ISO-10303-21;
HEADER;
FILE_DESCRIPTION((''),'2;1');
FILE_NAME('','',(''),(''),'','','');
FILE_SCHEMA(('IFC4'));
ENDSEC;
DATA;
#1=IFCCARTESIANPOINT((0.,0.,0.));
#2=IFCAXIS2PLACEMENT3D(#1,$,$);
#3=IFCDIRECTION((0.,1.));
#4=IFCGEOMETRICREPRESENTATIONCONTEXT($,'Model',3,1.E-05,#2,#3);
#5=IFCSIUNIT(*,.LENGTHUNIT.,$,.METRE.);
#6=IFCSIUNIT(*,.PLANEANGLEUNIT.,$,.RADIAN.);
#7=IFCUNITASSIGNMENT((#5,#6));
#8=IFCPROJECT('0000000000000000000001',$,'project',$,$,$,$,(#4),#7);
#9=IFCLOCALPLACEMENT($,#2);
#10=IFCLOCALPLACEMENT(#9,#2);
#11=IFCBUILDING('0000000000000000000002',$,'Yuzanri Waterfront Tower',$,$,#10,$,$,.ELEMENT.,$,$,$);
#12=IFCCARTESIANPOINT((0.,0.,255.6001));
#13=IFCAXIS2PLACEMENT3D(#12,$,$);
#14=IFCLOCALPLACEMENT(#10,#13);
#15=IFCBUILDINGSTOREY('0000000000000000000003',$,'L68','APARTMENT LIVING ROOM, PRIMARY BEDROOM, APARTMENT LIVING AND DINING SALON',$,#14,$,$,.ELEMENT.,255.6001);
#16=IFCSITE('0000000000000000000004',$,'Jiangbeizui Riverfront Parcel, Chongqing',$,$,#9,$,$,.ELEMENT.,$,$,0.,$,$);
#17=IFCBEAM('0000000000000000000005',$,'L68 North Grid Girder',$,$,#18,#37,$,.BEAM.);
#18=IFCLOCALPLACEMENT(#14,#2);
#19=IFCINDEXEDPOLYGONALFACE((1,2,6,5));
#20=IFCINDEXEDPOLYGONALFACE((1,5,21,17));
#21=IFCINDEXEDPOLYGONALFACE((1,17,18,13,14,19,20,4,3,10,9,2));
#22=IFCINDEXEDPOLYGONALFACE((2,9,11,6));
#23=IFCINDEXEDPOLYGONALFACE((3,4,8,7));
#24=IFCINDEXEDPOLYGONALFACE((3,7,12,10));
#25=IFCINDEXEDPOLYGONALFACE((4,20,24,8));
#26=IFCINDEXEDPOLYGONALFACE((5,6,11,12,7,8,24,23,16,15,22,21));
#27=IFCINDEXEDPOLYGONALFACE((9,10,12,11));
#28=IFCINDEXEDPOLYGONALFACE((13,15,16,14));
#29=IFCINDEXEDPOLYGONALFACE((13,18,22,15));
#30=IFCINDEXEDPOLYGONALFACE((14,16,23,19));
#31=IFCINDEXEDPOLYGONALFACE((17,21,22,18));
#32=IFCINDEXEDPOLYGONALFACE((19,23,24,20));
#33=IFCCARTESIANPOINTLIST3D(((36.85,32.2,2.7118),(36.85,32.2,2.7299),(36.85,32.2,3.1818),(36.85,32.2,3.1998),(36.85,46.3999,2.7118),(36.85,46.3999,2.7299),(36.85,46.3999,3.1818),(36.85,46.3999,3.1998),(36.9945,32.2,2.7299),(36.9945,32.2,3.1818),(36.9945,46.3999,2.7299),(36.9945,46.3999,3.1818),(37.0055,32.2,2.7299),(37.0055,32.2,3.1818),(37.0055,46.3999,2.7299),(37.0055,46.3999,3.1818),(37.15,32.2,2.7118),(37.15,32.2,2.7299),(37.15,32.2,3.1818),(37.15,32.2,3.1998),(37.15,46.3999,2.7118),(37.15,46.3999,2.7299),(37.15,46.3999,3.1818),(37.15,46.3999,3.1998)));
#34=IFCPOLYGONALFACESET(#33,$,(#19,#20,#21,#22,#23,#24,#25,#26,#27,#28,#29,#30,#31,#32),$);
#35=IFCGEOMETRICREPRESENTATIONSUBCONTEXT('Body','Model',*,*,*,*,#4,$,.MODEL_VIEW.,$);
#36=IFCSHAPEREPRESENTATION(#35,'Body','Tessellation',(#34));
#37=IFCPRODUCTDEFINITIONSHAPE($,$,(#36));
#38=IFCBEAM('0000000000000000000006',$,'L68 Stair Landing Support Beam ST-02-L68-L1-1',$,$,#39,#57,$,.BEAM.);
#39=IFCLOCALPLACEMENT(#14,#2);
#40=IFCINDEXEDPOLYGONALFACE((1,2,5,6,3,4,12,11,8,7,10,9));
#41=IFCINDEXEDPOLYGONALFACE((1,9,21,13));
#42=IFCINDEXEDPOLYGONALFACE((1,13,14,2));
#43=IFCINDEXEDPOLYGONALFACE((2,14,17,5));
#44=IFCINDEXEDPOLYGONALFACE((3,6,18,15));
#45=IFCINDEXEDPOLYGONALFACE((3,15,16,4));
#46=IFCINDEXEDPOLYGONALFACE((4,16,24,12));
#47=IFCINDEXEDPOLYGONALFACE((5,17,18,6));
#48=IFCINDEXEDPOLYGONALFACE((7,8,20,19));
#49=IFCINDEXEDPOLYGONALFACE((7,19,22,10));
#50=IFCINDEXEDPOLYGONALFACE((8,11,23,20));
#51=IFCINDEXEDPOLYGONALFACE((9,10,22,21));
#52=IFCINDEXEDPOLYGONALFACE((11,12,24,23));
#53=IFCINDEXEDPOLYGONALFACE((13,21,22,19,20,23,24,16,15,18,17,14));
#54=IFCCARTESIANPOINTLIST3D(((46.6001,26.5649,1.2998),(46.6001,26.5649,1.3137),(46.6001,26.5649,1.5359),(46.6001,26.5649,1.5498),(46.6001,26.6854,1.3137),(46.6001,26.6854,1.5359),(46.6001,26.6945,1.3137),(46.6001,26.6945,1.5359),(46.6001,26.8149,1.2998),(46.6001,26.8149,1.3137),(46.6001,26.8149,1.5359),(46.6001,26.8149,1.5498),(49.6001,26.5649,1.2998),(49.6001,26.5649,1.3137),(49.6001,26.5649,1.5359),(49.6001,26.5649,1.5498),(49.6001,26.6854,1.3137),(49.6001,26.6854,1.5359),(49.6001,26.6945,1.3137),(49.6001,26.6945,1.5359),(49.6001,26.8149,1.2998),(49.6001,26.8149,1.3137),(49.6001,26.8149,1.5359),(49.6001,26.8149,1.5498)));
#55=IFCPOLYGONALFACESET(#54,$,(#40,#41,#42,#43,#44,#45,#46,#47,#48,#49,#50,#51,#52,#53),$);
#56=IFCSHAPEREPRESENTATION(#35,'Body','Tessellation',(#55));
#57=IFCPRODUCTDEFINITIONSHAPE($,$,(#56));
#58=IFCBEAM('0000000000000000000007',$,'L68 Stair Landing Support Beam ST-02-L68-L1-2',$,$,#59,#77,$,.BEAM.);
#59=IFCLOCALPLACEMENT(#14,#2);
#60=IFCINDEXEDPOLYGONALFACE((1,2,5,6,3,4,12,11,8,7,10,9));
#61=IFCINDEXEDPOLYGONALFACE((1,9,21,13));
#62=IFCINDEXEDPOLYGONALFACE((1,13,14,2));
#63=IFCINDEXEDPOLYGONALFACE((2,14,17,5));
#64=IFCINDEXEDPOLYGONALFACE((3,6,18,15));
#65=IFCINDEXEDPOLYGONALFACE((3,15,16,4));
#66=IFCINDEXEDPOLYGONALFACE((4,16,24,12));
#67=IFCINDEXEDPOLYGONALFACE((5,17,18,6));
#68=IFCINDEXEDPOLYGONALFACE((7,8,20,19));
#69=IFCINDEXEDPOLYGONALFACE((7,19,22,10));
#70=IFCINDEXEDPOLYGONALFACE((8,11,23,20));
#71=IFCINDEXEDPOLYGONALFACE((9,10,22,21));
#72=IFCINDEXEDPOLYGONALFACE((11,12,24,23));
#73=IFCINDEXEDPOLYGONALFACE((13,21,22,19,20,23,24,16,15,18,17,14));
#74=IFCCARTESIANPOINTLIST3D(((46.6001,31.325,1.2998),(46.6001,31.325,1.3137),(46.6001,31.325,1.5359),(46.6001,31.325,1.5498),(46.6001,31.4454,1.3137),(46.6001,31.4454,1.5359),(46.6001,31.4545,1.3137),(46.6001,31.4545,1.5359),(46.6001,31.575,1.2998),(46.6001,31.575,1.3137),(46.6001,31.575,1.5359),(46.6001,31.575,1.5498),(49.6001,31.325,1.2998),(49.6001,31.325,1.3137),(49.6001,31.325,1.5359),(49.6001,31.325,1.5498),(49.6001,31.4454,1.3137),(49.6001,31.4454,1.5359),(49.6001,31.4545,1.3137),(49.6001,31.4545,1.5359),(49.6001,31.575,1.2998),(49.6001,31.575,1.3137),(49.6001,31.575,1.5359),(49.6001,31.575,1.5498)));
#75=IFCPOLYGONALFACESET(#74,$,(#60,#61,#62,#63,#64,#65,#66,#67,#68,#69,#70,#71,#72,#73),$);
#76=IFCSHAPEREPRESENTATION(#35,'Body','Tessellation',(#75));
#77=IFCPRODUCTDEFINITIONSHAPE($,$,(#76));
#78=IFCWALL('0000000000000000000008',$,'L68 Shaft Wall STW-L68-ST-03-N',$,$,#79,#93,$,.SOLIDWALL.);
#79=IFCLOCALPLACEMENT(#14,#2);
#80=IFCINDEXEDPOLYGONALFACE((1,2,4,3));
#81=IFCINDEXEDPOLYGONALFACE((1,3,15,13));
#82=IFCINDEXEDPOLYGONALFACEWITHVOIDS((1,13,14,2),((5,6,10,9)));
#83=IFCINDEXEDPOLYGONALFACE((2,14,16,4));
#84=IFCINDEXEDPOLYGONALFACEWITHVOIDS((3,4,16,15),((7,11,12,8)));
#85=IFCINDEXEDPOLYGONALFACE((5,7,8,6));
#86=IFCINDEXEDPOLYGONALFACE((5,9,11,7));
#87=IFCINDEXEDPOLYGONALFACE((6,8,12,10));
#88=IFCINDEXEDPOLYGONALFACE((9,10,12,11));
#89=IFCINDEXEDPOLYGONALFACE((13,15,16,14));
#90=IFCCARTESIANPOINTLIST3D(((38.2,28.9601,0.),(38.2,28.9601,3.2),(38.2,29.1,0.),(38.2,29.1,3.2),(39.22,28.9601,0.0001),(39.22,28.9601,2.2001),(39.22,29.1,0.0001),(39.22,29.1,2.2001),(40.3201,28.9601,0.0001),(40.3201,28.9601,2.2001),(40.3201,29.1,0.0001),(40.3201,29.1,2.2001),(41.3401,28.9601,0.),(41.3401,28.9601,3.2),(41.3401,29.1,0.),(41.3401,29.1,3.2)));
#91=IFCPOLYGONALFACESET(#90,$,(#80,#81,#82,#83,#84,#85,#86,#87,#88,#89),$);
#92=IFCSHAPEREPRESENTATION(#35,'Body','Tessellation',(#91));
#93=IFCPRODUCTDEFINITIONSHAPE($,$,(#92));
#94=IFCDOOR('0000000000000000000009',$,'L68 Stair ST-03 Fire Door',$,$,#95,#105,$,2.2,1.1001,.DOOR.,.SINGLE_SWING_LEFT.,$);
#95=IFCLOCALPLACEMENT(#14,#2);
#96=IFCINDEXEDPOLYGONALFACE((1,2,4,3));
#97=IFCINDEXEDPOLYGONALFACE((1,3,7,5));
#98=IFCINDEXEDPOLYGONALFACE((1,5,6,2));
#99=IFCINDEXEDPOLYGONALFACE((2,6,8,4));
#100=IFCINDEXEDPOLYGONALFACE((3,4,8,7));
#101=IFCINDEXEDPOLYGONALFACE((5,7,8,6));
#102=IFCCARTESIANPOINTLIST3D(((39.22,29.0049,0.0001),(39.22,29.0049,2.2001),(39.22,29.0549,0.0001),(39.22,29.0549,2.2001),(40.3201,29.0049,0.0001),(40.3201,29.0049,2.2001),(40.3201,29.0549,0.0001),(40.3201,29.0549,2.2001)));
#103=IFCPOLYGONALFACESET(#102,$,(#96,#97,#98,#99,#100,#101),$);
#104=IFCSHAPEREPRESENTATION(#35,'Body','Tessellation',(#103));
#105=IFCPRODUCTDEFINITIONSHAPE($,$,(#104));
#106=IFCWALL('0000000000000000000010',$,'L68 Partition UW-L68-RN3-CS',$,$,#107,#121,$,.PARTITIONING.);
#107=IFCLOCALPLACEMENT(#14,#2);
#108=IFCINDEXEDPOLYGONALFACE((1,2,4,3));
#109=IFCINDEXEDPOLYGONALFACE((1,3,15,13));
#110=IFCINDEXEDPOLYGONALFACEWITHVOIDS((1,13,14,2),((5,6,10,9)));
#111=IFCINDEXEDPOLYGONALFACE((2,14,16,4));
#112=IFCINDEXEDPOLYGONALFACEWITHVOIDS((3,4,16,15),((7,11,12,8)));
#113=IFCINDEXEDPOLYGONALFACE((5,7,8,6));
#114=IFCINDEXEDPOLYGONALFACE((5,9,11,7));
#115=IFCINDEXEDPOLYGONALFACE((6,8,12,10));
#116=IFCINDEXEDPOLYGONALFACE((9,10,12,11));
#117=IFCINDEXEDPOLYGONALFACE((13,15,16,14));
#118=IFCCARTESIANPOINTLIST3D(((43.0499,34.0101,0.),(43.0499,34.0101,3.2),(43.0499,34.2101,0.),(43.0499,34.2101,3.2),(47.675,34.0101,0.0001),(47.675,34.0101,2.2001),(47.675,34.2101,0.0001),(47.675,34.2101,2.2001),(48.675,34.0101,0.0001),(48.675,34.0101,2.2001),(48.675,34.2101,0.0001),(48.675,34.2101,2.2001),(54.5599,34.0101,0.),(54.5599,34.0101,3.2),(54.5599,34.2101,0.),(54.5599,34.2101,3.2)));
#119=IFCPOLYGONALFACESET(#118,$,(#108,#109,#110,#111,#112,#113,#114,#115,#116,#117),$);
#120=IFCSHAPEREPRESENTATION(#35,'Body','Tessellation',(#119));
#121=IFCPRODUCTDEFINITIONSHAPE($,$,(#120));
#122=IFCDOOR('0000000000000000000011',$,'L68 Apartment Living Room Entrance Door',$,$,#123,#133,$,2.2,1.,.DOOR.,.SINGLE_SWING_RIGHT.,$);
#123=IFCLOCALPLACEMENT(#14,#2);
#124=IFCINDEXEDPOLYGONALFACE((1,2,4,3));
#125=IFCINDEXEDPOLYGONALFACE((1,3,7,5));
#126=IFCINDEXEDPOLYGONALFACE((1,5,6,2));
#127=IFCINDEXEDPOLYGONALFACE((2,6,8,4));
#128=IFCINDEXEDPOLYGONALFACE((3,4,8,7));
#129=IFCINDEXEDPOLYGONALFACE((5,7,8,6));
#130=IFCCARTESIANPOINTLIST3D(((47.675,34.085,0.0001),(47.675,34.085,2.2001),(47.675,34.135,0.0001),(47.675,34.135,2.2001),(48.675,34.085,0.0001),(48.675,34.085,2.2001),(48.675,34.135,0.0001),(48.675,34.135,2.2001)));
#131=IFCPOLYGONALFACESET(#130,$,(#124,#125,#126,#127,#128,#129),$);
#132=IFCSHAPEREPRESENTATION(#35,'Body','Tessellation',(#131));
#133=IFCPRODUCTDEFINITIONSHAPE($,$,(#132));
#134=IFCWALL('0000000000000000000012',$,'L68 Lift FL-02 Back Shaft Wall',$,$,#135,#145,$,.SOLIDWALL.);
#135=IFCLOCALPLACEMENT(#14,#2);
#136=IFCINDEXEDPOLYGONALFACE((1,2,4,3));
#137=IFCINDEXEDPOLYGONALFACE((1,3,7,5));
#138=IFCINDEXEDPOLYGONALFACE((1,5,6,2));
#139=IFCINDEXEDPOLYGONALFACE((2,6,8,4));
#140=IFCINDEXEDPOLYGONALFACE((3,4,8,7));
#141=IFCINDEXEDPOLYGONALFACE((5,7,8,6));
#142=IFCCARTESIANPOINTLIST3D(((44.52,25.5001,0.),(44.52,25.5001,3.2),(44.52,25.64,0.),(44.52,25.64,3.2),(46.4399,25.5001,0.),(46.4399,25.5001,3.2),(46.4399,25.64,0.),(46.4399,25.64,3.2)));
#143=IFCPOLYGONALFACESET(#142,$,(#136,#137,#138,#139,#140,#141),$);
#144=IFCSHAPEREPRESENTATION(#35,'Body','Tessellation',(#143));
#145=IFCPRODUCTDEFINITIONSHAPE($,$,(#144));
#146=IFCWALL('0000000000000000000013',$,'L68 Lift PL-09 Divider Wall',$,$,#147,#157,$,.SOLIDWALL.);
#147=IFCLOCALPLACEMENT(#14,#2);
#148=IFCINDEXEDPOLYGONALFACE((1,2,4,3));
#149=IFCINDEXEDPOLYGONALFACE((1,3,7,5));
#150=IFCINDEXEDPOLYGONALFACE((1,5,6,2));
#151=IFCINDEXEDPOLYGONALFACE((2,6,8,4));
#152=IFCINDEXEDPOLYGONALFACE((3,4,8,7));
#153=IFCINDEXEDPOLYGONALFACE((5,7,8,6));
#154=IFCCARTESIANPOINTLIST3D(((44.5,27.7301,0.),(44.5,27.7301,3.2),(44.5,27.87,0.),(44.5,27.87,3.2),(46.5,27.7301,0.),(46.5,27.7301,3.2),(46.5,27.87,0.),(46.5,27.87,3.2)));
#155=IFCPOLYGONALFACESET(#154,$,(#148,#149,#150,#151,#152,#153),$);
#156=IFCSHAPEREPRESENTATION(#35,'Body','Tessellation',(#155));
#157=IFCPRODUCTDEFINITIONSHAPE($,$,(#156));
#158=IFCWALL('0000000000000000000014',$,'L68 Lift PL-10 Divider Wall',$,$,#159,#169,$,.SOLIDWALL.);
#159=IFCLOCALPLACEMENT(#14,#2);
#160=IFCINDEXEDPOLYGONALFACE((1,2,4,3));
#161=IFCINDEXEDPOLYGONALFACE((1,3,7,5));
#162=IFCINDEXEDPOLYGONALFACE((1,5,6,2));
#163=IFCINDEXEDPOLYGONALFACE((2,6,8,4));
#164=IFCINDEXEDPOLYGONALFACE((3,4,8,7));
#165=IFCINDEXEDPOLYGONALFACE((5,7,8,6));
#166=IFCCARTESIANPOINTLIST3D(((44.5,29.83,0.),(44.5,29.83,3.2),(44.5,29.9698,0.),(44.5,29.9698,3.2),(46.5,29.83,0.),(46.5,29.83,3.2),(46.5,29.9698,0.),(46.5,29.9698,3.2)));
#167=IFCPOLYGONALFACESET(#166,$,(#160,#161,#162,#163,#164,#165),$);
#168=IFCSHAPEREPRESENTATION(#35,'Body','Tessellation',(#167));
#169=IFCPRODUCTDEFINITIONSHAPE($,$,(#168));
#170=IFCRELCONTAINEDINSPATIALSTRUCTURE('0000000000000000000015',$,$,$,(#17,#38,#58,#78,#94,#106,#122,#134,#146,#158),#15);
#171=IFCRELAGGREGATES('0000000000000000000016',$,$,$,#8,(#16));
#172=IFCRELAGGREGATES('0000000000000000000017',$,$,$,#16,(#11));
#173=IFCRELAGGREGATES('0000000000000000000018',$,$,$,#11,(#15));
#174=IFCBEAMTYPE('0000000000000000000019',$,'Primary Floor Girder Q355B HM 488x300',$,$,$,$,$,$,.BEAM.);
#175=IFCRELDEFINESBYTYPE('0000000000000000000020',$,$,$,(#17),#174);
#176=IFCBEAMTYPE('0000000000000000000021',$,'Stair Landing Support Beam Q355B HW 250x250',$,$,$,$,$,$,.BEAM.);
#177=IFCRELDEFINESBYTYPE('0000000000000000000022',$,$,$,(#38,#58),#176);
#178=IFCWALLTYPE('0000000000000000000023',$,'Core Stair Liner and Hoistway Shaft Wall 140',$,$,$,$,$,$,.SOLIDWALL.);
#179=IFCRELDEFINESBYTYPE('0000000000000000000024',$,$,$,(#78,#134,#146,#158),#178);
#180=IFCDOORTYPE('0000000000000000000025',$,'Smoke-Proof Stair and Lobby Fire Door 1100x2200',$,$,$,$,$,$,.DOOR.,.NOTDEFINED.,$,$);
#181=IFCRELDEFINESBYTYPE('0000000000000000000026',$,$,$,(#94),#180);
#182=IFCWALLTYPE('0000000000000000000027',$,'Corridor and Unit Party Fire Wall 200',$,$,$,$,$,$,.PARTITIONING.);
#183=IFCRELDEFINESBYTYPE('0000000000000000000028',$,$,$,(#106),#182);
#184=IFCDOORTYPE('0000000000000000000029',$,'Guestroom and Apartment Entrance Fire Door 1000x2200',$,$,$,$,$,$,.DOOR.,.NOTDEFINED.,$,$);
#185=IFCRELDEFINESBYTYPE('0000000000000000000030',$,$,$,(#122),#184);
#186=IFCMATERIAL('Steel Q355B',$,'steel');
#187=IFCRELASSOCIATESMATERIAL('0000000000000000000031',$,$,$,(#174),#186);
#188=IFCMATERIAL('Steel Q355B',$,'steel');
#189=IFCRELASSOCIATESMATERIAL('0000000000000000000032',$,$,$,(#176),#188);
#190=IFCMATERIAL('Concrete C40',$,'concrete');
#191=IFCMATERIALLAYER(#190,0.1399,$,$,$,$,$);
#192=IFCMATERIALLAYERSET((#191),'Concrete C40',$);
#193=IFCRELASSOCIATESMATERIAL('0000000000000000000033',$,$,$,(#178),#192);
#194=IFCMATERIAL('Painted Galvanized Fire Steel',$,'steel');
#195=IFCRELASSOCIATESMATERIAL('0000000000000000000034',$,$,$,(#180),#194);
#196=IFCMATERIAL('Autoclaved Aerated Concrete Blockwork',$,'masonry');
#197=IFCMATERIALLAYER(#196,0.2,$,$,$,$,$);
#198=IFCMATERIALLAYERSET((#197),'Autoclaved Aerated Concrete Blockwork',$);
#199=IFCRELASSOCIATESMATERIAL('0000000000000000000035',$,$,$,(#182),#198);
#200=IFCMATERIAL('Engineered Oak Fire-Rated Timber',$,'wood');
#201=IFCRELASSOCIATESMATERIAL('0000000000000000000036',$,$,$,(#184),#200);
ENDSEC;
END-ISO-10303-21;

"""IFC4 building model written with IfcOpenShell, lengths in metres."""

from ifc_helpers import new_model, si_unit, direction, frame, frame_2d, origin, origin_2d, place, context, subcontext, project, spatial, rectangle, i_section, extrude, source, transform, mapped, material, layer, layer_set, material_profile, profile_set, type_object, element, fill, save


model = new_model("IFC4")

# Units and contexts
model_context = context("Model", 3, precision=1e-05, world=origin(), true_north=direction((0.0, 1.0)))
body_context = subcontext(model_context, "Body", "Model", "MODEL_VIEW")
ifc_project = project(units=[si_unit("LENGTHUNIT", "METRE"), si_unit("PLANEANGLEUNIT", "RADIAN")], contexts=[model_context])

# Site, building, storey
site_placement = place(None, origin())
site = spatial("IfcSite", under=ifc_project, at=site_placement, Name="Jiangbeizui Riverfront Parcel, Chongqing", CompositionType="ELEMENT", RefElevation=0.0)
building_placement = place(site_placement, origin())
building = spatial("IfcBuilding", under=site, at=building_placement, Name="Yuzanri Waterfront Tower", CompositionType="ELEMENT")
storey_placement = place(building_placement, frame((0.0, 0.0, 255.6001)))
storey = spatial("IfcBuildingStorey", under=building, at=storey_placement, Name="L68", Description="APARTMENT LIVING ROOM, PRIMARY BEDROOM, APARTMENT LIVING AND DINING SALON", CompositionType="ELEMENT", Elevation=255.6001)

# Beams
ifc_material_1 = material(Name="Steel Q355B", Category="steel")
ifc_material_profile_1 = material_profile(ifc_material_1, i_section(OverallWidth=0.3, OverallDepth=0.488, WebThickness=0.011, FlangeThickness=0.0181, at=origin_2d()), Name="HM 488x300x11x18")
ifc_profile_set_1 = profile_set([ifc_material_profile_1], Name="Steel Q355B")
beam_type_1 = type_object("IfcBeamType", Name="Primary Floor Girder Q355B HM 488x300", PredefinedType="BEAM", material=ifc_profile_set_1)
shared_shape_1 = source(origin(), body_context, "Body", "SweptSolid", [
    extrude(i_section(OverallWidth=0.3, OverallDepth=0.488, WebThickness=0.011, FlangeThickness=0.0181, at=origin_2d()), origin(), (0.0, 0.0, 1.0), 14.2),
])
beam_placement = place(storey_placement, frame((37.0, 32.2, 2.9558), z_axis=(0.0, 1.0, 0.0), x_axis=(-1.0, 0.0, 0.0)))
element("IfcBeam", 1, at=beam_placement, inside=storey, type_object=beam_type_1, Name="L68 North Grid Girder", PredefinedType="BEAM", context=body_context, shape_type="MappedRepresentation", body=[
    mapped(shared_shape_1, transform((0.0, 0.0, 0.0), scale=1.0)),
])
ifc_material_2 = material(Name="Steel Q355B", Category="steel")
ifc_material_profile_2 = material_profile(ifc_material_2, i_section(OverallWidth=0.25, OverallDepth=0.25, WebThickness=0.009, FlangeThickness=0.0139, at=origin_2d()), Name="HW 250x250x9x14")
ifc_profile_set_2 = profile_set([ifc_material_profile_2], Name="Steel Q355B")
beam_type_2 = type_object("IfcBeamType", Name="Stair Landing Support Beam Q355B HW 250x250", PredefinedType="BEAM", material=ifc_profile_set_2)
shared_shape_2 = source(origin(), body_context, "Body", "SweptSolid", [
    extrude(i_section(OverallWidth=0.25, OverallDepth=0.25, WebThickness=0.009, FlangeThickness=0.0139, at=origin_2d()), origin(), (0.0, 0.0, 1.0), 3.0),
])
for number, where, z_axis, x_axis, name in (
    (2, (46.6001, 26.6899, 1.4248), (1.0, 0.0, 0.0), (0.0, 1.0, 0.0), "L68 Stair Landing Support Beam ST-02-L68-L1-1"),
    (3, (46.6001, 31.45, 1.4248), (1.0, 0.0, 0.0), (0.0, 1.0, 0.0), "L68 Stair Landing Support Beam ST-02-L68-L1-2"),
):
    element("IfcBeam", number, at=place(storey_placement, frame(where, z_axis=z_axis, x_axis=x_axis)), inside=storey, type_object=beam_type_2, Name=name, PredefinedType="BEAM", context=body_context, shape_type="MappedRepresentation", body=[
        mapped(shared_shape_2, transform((0.0, 0.0, 0.0), scale=1.0)),
    ])

# Walls, openings, doors
ifc_material_3 = material(Name="Concrete C40", Category="concrete")
ifc_layer_1 = layer(ifc_material_3, 0.1399)
ifc_layer_set_1 = layer_set([ifc_layer_1], Name="Concrete C40")
wall_type_1 = type_object("IfcWallType", Name="Core Stair Liner and Hoistway Shaft Wall 140", PredefinedType="SOLIDWALL", material=ifc_layer_set_1)
wall_1_placement = place(storey_placement, frame((38.2, 29.03, 0.0), z_axis=(0.0, 0.0, 1.0), x_axis=(1.0, 0.0, 0.0)))
wall_1 = element("IfcWall", 4, at=wall_1_placement, inside=storey, type_object=wall_type_1, Name="L68 Shaft Wall STW-L68-ST-03-N", PredefinedType="SOLIDWALL", context=body_context, shape_type="SweptSolid", body=[
    extrude(rectangle(XDim=3.1401, YDim=0.1399, at=frame_2d((1.5701, 0.0))), origin(), (0.0, 0.0, 1.0), 3.2),
])
opening_1_placement = place(wall_1_placement, frame((1.02, 0.0, 0.0)))
opening_1 = element("IfcOpeningElement", 5, at=opening_1_placement, cuts=wall_1, PredefinedType="OPENING", context=body_context, shape_type="SweptSolid", body=[
    extrude(rectangle(XDim=1.1001, YDim=2.2, at=frame_2d((0.55, 1.1001))), frame((0.0, 0.085, 0.0), z_axis=(0.0, -1.0, 0.0), x_axis=(1.0, 0.0, 0.0)), (0.0, 0.0, 1.0), 0.1697),
])
ifc_material_4 = material(Name="Painted Galvanized Fire Steel", Category="steel")
door_type_1 = type_object("IfcDoorType", Name="Smoke-Proof Stair and Lobby Fire Door 1100x2200", OperationType="NOTDEFINED", PredefinedType="DOOR", material=ifc_material_4)
shared_shape_3 = source(origin(), body_context, "Body", "SweptSolid", [
    extrude(rectangle(XDim=1.1001, YDim=2.2, at=frame_2d((0.55, 1.1001))), frame((0.0, 0.0249, 0.0), z_axis=(0.0, -1.0, 0.0), x_axis=(1.0, 0.0, 0.0)), (0.0, 0.0, 1.0), 0.05),
])
door_1_placement = place(opening_1_placement, origin())
door_1 = element("IfcDoor", 6, at=door_1_placement, inside=storey, type_object=door_type_1, Name="L68 Stair ST-03 Fire Door", OperationType="SINGLE_SWING_LEFT", OverallHeight=2.2, OverallWidth=1.1001, PredefinedType="DOOR", context=body_context, shape_type="MappedRepresentation", body=[
    mapped(shared_shape_3, transform((0.0, 0.0, 0.0), scale=1.0)),
])
fill(opening_1, door_1)
ifc_material_5 = material(Name="Autoclaved Aerated Concrete Blockwork", Category="masonry")
ifc_layer_2 = layer(ifc_material_5, 0.2)
ifc_layer_set_2 = layer_set([ifc_layer_2], Name="Autoclaved Aerated Concrete Blockwork")
wall_type_2 = type_object("IfcWallType", Name="Corridor and Unit Party Fire Wall 200", PredefinedType="PARTITIONING", material=ifc_layer_set_2)
wall_2_placement = place(storey_placement, frame((43.05, 34.1101, 0.0), z_axis=(0.0, 0.0, 1.0), x_axis=(1.0, 0.0, 0.0)))
wall_2 = element("IfcWall", 7, at=wall_2_placement, inside=storey, type_object=wall_type_2, Name="L68 Partition UW-L68-RN3-CS", PredefinedType="PARTITIONING", context=body_context, shape_type="SweptSolid", body=[
    extrude(rectangle(XDim=11.51, YDim=0.2, at=frame_2d((5.7549, 0.0))), origin(), (0.0, 0.0, 1.0), 3.2),
])
opening_2_placement = place(wall_2_placement, frame((4.625, 0.0, 0.0)))
opening_2 = element("IfcOpeningElement", 8, at=opening_2_placement, cuts=wall_2, PredefinedType="OPENING", context=body_context, shape_type="SweptSolid", body=[
    extrude(rectangle(XDim=1.0, YDim=2.2, at=frame_2d((0.5, 1.1001))), frame((0.0, 0.1147, 0.0), z_axis=(0.0, -1.0, 0.0), x_axis=(1.0, 0.0, 0.0)), (0.0, 0.0, 1.0), 0.2297),
])
ifc_material_6 = material(Name="Engineered Oak Fire-Rated Timber", Category="wood")
door_type_2 = type_object("IfcDoorType", Name="Guestroom and Apartment Entrance Fire Door 1000x2200", OperationType="NOTDEFINED", PredefinedType="DOOR", material=ifc_material_6)
shared_shape_4 = source(origin(), body_context, "Body", "SweptSolid", [
    extrude(rectangle(XDim=1.0, YDim=2.2, at=frame_2d((0.5, 1.1001))), frame((0.0, 0.0249, 0.0), z_axis=(0.0, -1.0, 0.0), x_axis=(1.0, 0.0, 0.0)), (0.0, 0.0, 1.0), 0.05),
])
door_2_placement = place(opening_2_placement, origin())
door_2 = element("IfcDoor", 9, at=door_2_placement, inside=storey, type_object=door_type_2, Name="L68 Apartment Living Room Entrance Door", OperationType="SINGLE_SWING_RIGHT", OverallHeight=2.2, OverallWidth=1.0, PredefinedType="DOOR", context=body_context, shape_type="MappedRepresentation", body=[
    mapped(shared_shape_4, transform((0.0, 0.0, 0.0), scale=1.0)),
])
fill(opening_2, door_2)

# Walls
shared_shape_5 = source(origin(), body_context, "Body", "SweptSolid", [
    extrude(rectangle(XDim=1.9199, YDim=0.1399, at=frame_2d((0.96, 0.0))), origin(), (0.0, 0.0, 1.0), 3.2),
])
wall_3_placement = place(storey_placement, frame((44.52, 25.5701, 0.0), z_axis=(0.0, 0.0, 1.0), x_axis=(1.0, 0.0, 0.0)))
element("IfcWall", 10, at=wall_3_placement, inside=storey, type_object=wall_type_1, Name="L68 Lift FL-02 Back Shaft Wall", PredefinedType="SOLIDWALL", context=body_context, shape_type="MappedRepresentation", body=[
    mapped(shared_shape_5, transform((0.0, 0.0, 0.0), scale=1.0)),
])
shared_shape_6 = source(origin(), body_context, "Body", "SweptSolid", [
    extrude(rectangle(XDim=2.0, YDim=0.1399, at=frame_2d((1.0, 0.0))), origin(), (0.0, 0.0, 1.0), 3.2),
])
for number, where, z_axis, x_axis, name in (
    (11, (44.5, 27.8, 0.0), (0.0, 0.0, 1.0), (1.0, 0.0, 0.0), "L68 Lift PL-09 Divider Wall"),
    (12, (44.5, 29.8999, 0.0), (0.0, 0.0, 1.0), (1.0, 0.0, 0.0), "L68 Lift PL-10 Divider Wall"),
):
    element("IfcWall", number, at=place(storey_placement, frame(where, z_axis=z_axis, x_axis=x_axis)), inside=storey, type_object=wall_type_1, Name=name, PredefinedType="SOLIDWALL", context=body_context, shape_type="MappedRepresentation", body=[
        mapped(shared_shape_6, transform((0.0, 0.0, 0.0), scale=1.0)),
    ])

save(model, "model.ifc")
